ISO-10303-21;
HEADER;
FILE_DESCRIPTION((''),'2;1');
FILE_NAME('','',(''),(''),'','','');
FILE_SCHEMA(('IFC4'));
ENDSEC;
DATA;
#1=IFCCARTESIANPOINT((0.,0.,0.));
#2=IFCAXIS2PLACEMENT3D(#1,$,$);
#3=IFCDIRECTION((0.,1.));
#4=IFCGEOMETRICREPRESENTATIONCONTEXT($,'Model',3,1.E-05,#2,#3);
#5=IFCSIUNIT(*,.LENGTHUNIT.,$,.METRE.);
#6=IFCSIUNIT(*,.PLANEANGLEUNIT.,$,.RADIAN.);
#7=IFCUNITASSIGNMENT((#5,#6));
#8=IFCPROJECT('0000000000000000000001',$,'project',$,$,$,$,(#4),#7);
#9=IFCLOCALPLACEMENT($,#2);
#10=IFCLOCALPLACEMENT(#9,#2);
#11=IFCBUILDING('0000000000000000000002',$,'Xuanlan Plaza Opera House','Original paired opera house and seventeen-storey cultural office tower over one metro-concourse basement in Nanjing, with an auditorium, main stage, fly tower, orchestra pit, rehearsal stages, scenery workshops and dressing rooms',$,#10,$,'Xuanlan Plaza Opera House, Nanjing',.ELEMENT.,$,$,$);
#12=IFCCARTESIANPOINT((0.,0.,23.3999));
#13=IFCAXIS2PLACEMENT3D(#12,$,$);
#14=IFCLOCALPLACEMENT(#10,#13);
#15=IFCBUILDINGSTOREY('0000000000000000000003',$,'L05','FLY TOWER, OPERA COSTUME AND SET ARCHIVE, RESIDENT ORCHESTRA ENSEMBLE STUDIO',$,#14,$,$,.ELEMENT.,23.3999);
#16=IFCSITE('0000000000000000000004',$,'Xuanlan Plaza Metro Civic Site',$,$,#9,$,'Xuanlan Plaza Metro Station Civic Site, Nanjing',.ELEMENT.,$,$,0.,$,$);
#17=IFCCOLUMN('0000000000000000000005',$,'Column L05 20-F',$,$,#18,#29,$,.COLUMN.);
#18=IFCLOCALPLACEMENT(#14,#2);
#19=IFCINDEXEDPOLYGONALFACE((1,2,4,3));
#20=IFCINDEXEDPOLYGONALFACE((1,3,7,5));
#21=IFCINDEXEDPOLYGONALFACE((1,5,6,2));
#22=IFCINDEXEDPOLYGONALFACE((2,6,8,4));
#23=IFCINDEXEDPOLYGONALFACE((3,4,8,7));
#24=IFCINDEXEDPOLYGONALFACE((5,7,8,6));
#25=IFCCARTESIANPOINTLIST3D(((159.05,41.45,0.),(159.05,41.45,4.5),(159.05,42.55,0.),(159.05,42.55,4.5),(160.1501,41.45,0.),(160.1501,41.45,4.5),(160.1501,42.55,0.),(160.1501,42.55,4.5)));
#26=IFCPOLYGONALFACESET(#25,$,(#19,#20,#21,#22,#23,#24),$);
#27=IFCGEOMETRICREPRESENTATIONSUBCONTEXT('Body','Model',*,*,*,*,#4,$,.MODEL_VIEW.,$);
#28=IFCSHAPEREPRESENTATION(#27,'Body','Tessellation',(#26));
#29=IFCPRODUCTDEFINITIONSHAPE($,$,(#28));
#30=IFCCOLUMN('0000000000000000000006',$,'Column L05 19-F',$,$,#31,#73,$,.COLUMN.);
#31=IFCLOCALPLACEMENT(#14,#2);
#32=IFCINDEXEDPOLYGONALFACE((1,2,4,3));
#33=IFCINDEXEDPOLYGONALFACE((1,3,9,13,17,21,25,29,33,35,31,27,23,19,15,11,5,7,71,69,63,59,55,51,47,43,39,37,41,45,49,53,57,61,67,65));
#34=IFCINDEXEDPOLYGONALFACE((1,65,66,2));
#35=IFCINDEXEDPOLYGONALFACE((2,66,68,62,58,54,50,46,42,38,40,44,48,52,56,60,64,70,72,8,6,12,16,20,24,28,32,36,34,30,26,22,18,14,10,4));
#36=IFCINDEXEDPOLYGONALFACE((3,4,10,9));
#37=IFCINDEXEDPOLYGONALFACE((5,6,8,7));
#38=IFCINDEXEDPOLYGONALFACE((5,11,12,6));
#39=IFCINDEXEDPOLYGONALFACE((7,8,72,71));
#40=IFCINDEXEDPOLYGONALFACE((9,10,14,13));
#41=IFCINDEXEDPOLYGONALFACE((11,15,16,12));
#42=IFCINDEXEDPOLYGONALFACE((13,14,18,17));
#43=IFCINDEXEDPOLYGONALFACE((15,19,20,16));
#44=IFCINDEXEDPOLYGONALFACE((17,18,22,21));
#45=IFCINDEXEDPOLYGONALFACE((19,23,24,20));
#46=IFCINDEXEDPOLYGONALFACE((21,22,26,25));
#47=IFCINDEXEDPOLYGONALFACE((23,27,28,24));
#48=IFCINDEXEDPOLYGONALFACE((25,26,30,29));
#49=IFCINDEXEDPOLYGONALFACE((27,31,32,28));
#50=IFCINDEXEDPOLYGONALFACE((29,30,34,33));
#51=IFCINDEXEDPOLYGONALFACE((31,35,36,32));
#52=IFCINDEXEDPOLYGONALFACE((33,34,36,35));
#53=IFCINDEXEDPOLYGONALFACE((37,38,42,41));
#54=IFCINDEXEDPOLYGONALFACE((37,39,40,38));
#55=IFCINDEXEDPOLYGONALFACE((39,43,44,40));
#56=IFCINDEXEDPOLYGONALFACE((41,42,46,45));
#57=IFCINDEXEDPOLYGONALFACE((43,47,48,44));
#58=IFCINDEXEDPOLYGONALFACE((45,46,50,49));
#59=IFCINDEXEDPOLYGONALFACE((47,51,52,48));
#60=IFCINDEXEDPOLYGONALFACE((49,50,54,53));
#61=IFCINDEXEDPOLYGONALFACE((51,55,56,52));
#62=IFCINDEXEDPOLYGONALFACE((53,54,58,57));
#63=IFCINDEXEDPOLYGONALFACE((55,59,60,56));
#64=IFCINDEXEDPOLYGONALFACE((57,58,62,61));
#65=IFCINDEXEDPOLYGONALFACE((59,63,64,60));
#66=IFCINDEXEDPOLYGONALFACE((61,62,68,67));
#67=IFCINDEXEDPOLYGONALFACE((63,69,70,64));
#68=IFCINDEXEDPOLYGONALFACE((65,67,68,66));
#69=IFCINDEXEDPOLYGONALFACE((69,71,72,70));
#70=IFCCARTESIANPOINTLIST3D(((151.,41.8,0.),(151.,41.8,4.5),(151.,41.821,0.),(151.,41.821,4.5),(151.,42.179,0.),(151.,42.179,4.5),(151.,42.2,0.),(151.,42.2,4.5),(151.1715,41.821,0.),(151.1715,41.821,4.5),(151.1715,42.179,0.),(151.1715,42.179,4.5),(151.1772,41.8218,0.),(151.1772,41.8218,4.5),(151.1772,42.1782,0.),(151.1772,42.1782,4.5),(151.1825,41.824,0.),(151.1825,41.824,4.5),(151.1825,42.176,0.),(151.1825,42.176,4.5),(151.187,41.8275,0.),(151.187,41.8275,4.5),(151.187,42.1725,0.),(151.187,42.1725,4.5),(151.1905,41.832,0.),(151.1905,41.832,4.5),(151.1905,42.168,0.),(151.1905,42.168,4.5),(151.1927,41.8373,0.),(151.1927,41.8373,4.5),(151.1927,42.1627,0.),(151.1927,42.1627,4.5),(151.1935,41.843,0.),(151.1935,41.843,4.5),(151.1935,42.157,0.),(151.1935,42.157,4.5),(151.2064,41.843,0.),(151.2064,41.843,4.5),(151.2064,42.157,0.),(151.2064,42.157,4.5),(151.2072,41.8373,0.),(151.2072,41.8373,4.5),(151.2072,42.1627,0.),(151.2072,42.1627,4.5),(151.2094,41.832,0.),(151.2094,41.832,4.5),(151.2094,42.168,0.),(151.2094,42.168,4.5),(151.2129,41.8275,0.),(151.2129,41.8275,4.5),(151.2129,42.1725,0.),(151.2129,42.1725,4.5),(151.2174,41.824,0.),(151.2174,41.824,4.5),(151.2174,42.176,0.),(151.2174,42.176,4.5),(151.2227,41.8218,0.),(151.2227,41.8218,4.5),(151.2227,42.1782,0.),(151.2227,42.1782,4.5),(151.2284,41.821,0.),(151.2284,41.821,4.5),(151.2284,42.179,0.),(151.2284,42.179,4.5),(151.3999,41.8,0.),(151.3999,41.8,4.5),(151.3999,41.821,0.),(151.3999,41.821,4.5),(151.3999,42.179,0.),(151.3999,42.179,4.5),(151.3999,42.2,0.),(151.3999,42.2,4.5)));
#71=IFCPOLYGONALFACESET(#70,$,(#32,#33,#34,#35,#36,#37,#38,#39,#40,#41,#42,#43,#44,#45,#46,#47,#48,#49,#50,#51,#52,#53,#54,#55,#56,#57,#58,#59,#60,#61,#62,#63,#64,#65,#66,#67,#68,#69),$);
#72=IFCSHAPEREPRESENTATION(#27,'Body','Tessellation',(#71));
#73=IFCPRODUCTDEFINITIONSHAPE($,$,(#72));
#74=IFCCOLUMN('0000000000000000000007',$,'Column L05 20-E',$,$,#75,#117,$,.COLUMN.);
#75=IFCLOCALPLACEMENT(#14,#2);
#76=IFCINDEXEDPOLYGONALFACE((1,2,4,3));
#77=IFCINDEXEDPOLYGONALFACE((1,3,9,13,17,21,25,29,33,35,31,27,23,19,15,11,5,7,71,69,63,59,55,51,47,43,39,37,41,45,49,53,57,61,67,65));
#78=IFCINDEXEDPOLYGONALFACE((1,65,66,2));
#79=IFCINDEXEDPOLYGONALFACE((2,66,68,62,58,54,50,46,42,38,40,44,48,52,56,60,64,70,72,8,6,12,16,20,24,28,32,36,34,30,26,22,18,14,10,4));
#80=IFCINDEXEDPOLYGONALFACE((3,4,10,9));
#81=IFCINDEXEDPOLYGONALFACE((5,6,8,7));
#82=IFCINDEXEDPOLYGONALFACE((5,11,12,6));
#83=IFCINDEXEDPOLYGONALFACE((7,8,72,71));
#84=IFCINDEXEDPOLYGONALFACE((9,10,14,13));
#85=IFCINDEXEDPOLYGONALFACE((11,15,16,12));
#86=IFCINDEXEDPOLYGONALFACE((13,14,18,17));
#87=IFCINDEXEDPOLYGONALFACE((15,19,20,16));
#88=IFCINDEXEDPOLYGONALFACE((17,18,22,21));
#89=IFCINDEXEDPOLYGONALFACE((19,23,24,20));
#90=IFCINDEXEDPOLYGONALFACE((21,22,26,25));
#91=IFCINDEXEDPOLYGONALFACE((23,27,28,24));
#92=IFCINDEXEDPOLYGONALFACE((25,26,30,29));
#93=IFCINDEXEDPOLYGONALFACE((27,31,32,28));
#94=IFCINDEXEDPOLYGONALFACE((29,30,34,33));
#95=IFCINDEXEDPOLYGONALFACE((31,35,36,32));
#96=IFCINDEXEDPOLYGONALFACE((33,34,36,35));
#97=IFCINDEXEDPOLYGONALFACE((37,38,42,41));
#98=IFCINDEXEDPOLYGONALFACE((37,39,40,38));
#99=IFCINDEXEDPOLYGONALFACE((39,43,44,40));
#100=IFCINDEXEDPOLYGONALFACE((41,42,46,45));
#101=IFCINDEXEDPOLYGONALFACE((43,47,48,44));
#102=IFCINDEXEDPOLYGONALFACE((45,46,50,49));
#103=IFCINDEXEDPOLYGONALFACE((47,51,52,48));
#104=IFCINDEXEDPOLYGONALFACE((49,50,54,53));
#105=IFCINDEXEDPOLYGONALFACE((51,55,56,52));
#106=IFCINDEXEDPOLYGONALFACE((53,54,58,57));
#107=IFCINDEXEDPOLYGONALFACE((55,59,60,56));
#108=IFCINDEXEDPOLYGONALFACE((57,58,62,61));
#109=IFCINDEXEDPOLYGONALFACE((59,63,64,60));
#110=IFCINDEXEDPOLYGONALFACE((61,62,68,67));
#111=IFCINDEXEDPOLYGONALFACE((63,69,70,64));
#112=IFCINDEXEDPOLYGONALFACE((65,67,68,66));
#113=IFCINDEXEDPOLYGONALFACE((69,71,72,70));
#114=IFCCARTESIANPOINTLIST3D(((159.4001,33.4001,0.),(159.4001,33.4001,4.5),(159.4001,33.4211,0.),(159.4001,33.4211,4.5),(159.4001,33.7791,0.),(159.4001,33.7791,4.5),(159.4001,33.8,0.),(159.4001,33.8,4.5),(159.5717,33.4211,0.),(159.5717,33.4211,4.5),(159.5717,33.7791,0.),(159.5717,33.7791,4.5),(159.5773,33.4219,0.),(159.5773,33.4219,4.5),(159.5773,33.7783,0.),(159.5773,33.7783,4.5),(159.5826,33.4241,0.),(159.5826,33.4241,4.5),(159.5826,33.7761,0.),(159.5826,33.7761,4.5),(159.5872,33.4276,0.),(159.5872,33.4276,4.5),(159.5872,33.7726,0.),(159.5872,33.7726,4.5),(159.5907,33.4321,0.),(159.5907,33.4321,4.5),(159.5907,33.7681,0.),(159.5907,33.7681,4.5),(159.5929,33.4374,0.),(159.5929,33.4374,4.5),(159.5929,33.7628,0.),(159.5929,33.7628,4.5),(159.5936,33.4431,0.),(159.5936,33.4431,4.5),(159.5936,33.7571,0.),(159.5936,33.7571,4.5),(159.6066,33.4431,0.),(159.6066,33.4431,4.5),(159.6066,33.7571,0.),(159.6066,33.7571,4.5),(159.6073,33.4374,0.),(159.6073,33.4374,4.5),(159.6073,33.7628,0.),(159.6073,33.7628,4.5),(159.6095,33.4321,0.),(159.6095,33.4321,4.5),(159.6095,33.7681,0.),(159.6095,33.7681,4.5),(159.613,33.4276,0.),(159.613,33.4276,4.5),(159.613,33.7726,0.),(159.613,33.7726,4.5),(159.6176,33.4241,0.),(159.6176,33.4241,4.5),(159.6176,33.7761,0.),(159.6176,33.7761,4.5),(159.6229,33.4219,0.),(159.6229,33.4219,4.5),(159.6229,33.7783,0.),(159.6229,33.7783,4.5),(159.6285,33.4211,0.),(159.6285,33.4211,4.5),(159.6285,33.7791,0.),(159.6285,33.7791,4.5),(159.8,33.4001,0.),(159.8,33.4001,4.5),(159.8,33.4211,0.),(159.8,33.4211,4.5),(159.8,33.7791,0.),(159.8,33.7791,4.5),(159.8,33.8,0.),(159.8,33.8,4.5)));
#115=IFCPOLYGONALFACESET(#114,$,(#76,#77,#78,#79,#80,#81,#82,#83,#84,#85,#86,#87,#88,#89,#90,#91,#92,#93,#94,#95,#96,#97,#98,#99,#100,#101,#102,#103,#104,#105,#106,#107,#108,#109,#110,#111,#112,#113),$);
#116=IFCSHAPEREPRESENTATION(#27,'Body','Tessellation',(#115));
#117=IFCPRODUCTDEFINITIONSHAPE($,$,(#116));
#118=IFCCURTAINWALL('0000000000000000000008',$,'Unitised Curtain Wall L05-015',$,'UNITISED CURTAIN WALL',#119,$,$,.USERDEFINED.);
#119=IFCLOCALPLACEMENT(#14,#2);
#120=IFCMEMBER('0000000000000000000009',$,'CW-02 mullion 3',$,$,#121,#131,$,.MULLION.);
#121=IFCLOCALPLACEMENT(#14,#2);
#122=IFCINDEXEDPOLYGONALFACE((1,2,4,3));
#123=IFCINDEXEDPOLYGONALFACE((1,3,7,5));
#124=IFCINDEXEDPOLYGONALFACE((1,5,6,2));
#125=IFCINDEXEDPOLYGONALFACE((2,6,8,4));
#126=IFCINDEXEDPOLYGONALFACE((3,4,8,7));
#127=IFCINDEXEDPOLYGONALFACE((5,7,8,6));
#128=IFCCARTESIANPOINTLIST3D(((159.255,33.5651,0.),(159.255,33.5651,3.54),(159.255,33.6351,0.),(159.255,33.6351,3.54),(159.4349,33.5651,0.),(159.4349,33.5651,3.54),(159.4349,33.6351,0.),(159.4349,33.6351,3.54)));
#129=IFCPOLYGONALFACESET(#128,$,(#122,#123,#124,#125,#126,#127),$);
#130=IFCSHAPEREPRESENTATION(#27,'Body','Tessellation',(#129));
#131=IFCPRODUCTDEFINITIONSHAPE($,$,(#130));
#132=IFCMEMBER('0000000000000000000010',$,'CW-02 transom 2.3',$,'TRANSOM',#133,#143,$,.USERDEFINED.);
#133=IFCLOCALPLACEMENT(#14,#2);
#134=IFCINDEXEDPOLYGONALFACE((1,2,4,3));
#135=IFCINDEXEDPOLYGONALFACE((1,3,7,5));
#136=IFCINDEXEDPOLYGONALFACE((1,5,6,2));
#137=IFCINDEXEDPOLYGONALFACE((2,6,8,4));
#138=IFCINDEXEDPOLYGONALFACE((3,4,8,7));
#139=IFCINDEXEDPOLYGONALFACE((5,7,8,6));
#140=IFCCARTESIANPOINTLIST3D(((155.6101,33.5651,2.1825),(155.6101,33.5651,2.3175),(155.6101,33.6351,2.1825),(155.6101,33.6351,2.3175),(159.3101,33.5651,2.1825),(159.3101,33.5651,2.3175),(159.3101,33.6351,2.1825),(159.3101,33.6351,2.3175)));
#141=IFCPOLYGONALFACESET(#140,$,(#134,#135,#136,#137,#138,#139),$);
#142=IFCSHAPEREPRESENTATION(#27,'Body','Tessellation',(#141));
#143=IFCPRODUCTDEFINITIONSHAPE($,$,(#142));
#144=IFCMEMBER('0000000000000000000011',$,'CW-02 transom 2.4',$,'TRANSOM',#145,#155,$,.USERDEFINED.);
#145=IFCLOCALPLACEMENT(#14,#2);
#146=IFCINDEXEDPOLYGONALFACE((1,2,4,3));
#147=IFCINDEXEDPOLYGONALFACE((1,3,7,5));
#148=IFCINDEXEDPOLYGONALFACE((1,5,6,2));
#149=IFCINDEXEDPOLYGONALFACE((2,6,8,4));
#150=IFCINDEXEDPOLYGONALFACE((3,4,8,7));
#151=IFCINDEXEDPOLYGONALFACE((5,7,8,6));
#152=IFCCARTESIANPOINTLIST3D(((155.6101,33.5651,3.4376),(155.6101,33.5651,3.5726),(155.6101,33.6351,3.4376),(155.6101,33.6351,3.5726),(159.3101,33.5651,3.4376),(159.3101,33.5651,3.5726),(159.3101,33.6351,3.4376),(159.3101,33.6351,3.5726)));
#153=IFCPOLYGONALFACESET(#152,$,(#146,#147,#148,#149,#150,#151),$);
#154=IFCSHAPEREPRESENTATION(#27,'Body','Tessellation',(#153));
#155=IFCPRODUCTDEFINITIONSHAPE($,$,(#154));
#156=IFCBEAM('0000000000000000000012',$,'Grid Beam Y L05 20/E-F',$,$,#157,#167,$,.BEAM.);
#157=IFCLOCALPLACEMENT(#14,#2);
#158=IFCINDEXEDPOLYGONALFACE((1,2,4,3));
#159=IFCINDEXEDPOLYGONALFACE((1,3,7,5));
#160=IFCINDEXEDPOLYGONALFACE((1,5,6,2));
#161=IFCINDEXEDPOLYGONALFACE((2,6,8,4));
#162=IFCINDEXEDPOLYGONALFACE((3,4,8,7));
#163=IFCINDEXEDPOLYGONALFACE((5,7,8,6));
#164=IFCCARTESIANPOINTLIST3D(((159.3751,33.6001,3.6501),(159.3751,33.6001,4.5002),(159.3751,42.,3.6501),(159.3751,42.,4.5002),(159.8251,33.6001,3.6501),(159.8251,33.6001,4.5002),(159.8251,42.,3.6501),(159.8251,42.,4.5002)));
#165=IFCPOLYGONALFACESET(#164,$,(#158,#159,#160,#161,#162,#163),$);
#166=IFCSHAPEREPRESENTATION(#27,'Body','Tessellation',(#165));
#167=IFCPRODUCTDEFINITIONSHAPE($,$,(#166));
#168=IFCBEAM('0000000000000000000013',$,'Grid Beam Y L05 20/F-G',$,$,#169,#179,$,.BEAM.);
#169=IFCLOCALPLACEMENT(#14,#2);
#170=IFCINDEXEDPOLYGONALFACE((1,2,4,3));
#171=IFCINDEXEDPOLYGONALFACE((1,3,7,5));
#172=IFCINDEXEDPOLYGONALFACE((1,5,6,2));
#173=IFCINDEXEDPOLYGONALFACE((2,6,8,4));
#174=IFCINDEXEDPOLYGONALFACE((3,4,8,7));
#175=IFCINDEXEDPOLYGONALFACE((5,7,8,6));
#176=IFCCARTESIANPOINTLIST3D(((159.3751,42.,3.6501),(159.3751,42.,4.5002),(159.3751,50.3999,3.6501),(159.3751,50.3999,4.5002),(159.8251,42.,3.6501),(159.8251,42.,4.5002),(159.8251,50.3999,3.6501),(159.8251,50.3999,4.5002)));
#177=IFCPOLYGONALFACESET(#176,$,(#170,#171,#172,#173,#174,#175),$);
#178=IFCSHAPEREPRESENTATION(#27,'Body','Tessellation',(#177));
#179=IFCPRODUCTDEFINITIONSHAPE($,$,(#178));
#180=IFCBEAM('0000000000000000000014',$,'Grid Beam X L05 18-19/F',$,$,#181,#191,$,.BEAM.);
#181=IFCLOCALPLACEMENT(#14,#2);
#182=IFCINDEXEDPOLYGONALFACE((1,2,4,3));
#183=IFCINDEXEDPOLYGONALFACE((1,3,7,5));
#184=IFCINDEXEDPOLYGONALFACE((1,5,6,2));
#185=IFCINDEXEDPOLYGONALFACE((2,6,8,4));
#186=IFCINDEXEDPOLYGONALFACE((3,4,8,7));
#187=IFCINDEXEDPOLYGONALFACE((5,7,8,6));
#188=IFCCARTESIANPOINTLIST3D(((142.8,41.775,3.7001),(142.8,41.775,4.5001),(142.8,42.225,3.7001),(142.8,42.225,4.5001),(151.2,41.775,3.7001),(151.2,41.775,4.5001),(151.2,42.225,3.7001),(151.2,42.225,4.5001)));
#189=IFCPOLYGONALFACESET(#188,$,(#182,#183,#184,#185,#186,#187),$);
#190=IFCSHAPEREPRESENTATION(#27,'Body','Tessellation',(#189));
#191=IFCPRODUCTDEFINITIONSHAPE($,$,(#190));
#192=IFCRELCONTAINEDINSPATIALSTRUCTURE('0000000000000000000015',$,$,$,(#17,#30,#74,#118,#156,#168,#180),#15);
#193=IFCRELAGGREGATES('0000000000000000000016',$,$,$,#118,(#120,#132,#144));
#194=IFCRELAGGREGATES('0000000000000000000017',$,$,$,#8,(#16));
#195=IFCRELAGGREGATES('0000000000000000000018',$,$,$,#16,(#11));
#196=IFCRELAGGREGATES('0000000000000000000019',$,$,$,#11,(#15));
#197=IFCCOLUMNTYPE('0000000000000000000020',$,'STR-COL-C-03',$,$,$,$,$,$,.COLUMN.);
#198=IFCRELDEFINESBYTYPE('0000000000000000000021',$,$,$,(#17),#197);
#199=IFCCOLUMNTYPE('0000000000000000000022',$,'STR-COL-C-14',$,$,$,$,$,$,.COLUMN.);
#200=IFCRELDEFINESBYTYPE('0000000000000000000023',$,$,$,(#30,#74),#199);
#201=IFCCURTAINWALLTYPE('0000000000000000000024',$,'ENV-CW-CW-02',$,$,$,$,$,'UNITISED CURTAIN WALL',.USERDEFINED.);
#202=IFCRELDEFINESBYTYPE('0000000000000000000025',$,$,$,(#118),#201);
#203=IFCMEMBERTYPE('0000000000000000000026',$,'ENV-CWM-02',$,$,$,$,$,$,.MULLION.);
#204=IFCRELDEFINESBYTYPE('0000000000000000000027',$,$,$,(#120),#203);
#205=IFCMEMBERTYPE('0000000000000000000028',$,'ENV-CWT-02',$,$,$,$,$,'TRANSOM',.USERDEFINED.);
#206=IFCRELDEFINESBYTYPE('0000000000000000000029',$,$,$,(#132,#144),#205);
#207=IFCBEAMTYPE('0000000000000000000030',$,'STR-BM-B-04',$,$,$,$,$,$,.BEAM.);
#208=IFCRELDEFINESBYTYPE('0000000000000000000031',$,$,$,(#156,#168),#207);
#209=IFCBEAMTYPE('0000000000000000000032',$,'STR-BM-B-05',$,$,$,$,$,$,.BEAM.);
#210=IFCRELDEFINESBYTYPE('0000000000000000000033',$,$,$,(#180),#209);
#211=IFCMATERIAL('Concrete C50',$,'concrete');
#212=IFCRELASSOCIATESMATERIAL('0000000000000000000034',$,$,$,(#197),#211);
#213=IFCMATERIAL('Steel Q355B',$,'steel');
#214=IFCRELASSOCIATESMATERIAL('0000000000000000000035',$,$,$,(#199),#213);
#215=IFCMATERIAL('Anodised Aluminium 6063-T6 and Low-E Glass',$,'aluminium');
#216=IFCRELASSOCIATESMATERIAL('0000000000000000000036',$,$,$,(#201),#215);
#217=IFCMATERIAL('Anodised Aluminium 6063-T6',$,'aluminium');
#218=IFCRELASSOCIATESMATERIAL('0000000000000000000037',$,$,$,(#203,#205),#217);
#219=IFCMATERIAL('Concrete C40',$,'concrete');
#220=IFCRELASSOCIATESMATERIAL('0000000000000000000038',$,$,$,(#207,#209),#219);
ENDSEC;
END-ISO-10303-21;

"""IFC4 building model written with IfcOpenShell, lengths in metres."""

from ifc_helpers import new_model, si_unit, direction, frame, origin, origin_2d, place, context, subcontext, project, spatial, rectangle, i_section, extrude, material, material_profile, profile_set, type_object, element, aggregate, save


model = new_model("IFC4")

# Units and contexts
model_context = context("Model", 3, precision=1e-05, world=origin(), true_north=direction((0.0, 1.0)))
body_context = subcontext(model_context, "Body", "Model", "MODEL_VIEW")
ifc_project = project(units=[si_unit("LENGTHUNIT", "METRE"), si_unit("PLANEANGLEUNIT", "RADIAN")], contexts=[model_context])

# Site, building, storey
site_placement = place(None, origin())
site = spatial("IfcSite", under=ifc_project, at=site_placement, Name="Xuanlan Plaza Metro Civic Site", LongName="Xuanlan Plaza Metro Station Civic Site, Nanjing", CompositionType="ELEMENT", RefElevation=0.0)
building_placement = place(site_placement, origin())
building = spatial("IfcBuilding", under=site, at=building_placement, Name="Xuanlan Plaza Opera House", Description="Original paired opera house and seventeen-storey cultural office tower over one metro-concourse basement in Nanjing, with an auditorium, main stage, fly tower, orchestra pit, rehearsal stages, scenery workshops and dressing rooms", LongName="Xuanlan Plaza Opera House, Nanjing", CompositionType="ELEMENT")
storey_placement = place(building_placement, frame((0.0, 0.0, 23.3999)))
storey = spatial("IfcBuildingStorey", under=building, at=storey_placement, Name="L05", Description="FLY TOWER, OPERA COSTUME AND SET ARCHIVE, RESIDENT ORCHESTRA ENSEMBLE STUDIO", CompositionType="ELEMENT", Elevation=23.3999)

# Columns
ifc_material_1 = material(Name="Concrete C50", Category="concrete")
ifc_material_profile_1 = material_profile(ifc_material_1, rectangle(XDim=1.1001, YDim=1.1001, at=origin_2d()), Name="RC-COL 1100x1100")
ifc_profile_set_1 = profile_set([ifc_material_profile_1], Name="Concrete C50")
column_type_1 = type_object("IfcColumnType", Name="STR-COL-C-03", PredefinedType="COLUMN", material=ifc_profile_set_1)
column_placement = place(storey_placement, frame((159.6001, 42.0, 0.0), z_axis=(0.0, 0.0, 1.0), x_axis=(1.0, 0.0, 0.0)))
element("IfcColumn", 1, at=column_placement, inside=storey, type_object=column_type_1, Name="Column L05 20-F", PredefinedType="COLUMN", context=body_context, shape_type="SweptSolid", body=[
    extrude(rectangle(XDim=1.1001, YDim=1.1001, at=origin_2d()), origin(), (0.0, 0.0, 1.0), 4.5),
])
ifc_material_2 = material(Name="Steel Q355B", Category="steel")
ifc_material_profile_2 = material_profile(ifc_material_2, i_section(OverallWidth=0.3999, OverallDepth=0.3999, WebThickness=0.0129, FlangeThickness=0.021, FilletRadius=0.022, at=origin_2d()), Name="HW 400x400x13x21")
ifc_profile_set_2 = profile_set([ifc_material_profile_2], Name="Steel Q355B")
column_type_2 = type_object("IfcColumnType", Name="STR-COL-C-14", PredefinedType="COLUMN", material=ifc_profile_set_2)
for number, where, z_axis, x_axis, name in (
    (2, (151.2, 42.0, 0.0), (0.0, 0.0, 1.0), (1.0, 0.0, 0.0), "Column L05 19-F"),
    (3, (159.6001, 33.6001, 0.0), (0.0, 0.0, 1.0), (1.0, 0.0, 0.0), "Column L05 20-E"),
):
    element("IfcColumn", number, at=place(storey_placement, frame(where, z_axis=z_axis, x_axis=x_axis)), inside=storey, type_object=column_type_2, Name=name, PredefinedType="COLUMN", context=body_context, shape_type="SweptSolid", body=[
        extrude(i_section(OverallWidth=0.3999, OverallDepth=0.3999, WebThickness=0.0129, FlangeThickness=0.021, FilletRadius=0.022, at=origin_2d()), origin(), (0.0, 0.0, 1.0), 4.5),
    ])

# Curtain wall, members
ifc_material_3 = material(Name="Anodised Aluminium 6063-T6 and Low-E Glass", Category="aluminium")
curtain_wall_type = type_object("IfcCurtainWallType", Name="ENV-CW-CW-02", ElementType="UNITISED CURTAIN WALL", PredefinedType="USERDEFINED", material=ifc_material_3)
curtain_wall_placement = place(storey_placement, origin())
curtain_wall = element("IfcCurtainWall", 4, at=curtain_wall_placement, inside=storey, type_object=curtain_wall_type, Name="Unitised Curtain Wall L05-015", ObjectType="UNITISED CURTAIN WALL", PredefinedType="USERDEFINED")
ifc_material_4 = material(Name="Anodised Aluminium 6063-T6", Category="aluminium")
ifc_material_profile_3 = material_profile(ifc_material_4, rectangle(XDim=0.0701, YDim=0.1799, at=origin_2d()), Name="ALU-M 70x180")
ifc_profile_set_3 = profile_set([ifc_material_profile_3], Name="Anodised Aluminium 6063-T6")
member_type_1 = type_object("IfcMemberType", Name="ENV-CWM-02", PredefinedType="MULLION", material=ifc_profile_set_3)
member_1_placement = place(storey_placement, frame((159.345, 33.6001, 0.0), z_axis=(0.0, 0.0, 1.0), x_axis=(0.0, 1.0, 0.0)))
member_1 = element("IfcMember", 5, at=member_1_placement, type_object=member_type_1, Name="CW-02 mullion 3", PredefinedType="MULLION", context=body_context, shape_type="SweptSolid", body=[
    extrude(rectangle(XDim=0.0701, YDim=0.1799, at=origin_2d()), origin(), (0.0, 0.0, 1.0), 3.54),
])
ifc_material_profile_4 = material_profile(ifc_material_4, rectangle(XDim=0.0701, YDim=0.135, at=origin_2d()), Name="ALU-T 70x135")
ifc_profile_set_4 = profile_set([ifc_material_profile_4], Name="Anodised Aluminium 6063-T6")
member_type_2 = type_object("IfcMemberType", Name="ENV-CWT-02", ElementType="TRANSOM", PredefinedType="USERDEFINED", material=ifc_profile_set_4)
member_2_placement = place(storey_placement, frame((155.6101, 33.6001, 2.25), z_axis=(1.0, 0.0, 0.0), x_axis=(0.0, 1.0, 0.0)))
member_2 = element("IfcMember", 6, at=member_2_placement, type_object=member_type_2, Name="CW-02 transom 2.3", ObjectType="TRANSOM", PredefinedType="USERDEFINED", context=body_context, shape_type="SweptSolid", body=[
    extrude(rectangle(XDim=0.0701, YDim=0.135, at=origin_2d()), origin(), (0.0, 0.0, 1.0), 3.7),
])
member_3_placement = place(storey_placement, frame((155.6101, 33.6001, 3.5051), z_axis=(1.0, 0.0, 0.0), x_axis=(0.0, 1.0, 0.0)))
member_3 = element("IfcMember", 7, at=member_3_placement, type_object=member_type_2, Name="CW-02 transom 2.4", ObjectType="TRANSOM", PredefinedType="USERDEFINED", context=body_context, shape_type="SweptSolid", body=[
    extrude(rectangle(XDim=0.0701, YDim=0.135, at=origin_2d()), origin(), (0.0, 0.0, 1.0), 3.7),
])

# Beams
ifc_material_5 = material(Name="Concrete C40", Category="concrete")
ifc_material_profile_5 = material_profile(ifc_material_5, rectangle(XDim=0.45, YDim=0.8501, at=origin_2d()), Name="RC-BM 450x850")
ifc_profile_set_5 = profile_set([ifc_material_profile_5], Name="Concrete C40")
beam_type_1 = type_object("IfcBeamType", Name="STR-BM-B-04", PredefinedType="BEAM", material=ifc_profile_set_5)
for number, where, z_axis, x_axis, name in (
    (8, (159.6001, 33.6001, 4.0752), (0.0, 1.0, 0.0), (-1.0, 0.0, 0.0), "Grid Beam Y L05 20/E-F"),
    (9, (159.6001, 42.0, 4.0752), (0.0, 1.0, 0.0), (-1.0, 0.0, 0.0), "Grid Beam Y L05 20/F-G"),
):
    element("IfcBeam", number, at=place(storey_placement, frame(where, z_axis=z_axis, x_axis=x_axis)), inside=storey, type_object=beam_type_1, Name=name, PredefinedType="BEAM", context=body_context, shape_type="SweptSolid", body=[
        extrude(rectangle(XDim=0.45, YDim=0.8501, at=origin_2d()), origin(), (0.0, 0.0, 1.0), 8.3999),
    ])
ifc_material_profile_6 = material_profile(ifc_material_5, rectangle(XDim=0.45, YDim=0.8, at=origin_2d()), Name="RC-BM 450x800")
ifc_profile_set_6 = profile_set([ifc_material_profile_6], Name="Concrete C40")
beam_type_2 = type_object("IfcBeamType", Name="STR-BM-B-05", PredefinedType="BEAM", material=ifc_profile_set_6)
beam_1_placement = place(storey_placement, frame((142.8, 42.0, 4.1001), z_axis=(1.0, 0.0, 0.0), x_axis=(0.0, 1.0, 0.0)))
element("IfcBeam", 10, at=beam_1_placement, inside=storey, type_object=beam_type_2, Name="Grid Beam X L05 18-19/F", PredefinedType="BEAM", context=body_context, shape_type="SweptSolid", body=[
    extrude(rectangle(XDim=0.45, YDim=0.8, at=origin_2d()), origin(), (0.0, 0.0, 1.0), 8.3999),
])

aggregate(curtain_wall, [member_1, member_2, member_3])

save(model, "model.ifc")
